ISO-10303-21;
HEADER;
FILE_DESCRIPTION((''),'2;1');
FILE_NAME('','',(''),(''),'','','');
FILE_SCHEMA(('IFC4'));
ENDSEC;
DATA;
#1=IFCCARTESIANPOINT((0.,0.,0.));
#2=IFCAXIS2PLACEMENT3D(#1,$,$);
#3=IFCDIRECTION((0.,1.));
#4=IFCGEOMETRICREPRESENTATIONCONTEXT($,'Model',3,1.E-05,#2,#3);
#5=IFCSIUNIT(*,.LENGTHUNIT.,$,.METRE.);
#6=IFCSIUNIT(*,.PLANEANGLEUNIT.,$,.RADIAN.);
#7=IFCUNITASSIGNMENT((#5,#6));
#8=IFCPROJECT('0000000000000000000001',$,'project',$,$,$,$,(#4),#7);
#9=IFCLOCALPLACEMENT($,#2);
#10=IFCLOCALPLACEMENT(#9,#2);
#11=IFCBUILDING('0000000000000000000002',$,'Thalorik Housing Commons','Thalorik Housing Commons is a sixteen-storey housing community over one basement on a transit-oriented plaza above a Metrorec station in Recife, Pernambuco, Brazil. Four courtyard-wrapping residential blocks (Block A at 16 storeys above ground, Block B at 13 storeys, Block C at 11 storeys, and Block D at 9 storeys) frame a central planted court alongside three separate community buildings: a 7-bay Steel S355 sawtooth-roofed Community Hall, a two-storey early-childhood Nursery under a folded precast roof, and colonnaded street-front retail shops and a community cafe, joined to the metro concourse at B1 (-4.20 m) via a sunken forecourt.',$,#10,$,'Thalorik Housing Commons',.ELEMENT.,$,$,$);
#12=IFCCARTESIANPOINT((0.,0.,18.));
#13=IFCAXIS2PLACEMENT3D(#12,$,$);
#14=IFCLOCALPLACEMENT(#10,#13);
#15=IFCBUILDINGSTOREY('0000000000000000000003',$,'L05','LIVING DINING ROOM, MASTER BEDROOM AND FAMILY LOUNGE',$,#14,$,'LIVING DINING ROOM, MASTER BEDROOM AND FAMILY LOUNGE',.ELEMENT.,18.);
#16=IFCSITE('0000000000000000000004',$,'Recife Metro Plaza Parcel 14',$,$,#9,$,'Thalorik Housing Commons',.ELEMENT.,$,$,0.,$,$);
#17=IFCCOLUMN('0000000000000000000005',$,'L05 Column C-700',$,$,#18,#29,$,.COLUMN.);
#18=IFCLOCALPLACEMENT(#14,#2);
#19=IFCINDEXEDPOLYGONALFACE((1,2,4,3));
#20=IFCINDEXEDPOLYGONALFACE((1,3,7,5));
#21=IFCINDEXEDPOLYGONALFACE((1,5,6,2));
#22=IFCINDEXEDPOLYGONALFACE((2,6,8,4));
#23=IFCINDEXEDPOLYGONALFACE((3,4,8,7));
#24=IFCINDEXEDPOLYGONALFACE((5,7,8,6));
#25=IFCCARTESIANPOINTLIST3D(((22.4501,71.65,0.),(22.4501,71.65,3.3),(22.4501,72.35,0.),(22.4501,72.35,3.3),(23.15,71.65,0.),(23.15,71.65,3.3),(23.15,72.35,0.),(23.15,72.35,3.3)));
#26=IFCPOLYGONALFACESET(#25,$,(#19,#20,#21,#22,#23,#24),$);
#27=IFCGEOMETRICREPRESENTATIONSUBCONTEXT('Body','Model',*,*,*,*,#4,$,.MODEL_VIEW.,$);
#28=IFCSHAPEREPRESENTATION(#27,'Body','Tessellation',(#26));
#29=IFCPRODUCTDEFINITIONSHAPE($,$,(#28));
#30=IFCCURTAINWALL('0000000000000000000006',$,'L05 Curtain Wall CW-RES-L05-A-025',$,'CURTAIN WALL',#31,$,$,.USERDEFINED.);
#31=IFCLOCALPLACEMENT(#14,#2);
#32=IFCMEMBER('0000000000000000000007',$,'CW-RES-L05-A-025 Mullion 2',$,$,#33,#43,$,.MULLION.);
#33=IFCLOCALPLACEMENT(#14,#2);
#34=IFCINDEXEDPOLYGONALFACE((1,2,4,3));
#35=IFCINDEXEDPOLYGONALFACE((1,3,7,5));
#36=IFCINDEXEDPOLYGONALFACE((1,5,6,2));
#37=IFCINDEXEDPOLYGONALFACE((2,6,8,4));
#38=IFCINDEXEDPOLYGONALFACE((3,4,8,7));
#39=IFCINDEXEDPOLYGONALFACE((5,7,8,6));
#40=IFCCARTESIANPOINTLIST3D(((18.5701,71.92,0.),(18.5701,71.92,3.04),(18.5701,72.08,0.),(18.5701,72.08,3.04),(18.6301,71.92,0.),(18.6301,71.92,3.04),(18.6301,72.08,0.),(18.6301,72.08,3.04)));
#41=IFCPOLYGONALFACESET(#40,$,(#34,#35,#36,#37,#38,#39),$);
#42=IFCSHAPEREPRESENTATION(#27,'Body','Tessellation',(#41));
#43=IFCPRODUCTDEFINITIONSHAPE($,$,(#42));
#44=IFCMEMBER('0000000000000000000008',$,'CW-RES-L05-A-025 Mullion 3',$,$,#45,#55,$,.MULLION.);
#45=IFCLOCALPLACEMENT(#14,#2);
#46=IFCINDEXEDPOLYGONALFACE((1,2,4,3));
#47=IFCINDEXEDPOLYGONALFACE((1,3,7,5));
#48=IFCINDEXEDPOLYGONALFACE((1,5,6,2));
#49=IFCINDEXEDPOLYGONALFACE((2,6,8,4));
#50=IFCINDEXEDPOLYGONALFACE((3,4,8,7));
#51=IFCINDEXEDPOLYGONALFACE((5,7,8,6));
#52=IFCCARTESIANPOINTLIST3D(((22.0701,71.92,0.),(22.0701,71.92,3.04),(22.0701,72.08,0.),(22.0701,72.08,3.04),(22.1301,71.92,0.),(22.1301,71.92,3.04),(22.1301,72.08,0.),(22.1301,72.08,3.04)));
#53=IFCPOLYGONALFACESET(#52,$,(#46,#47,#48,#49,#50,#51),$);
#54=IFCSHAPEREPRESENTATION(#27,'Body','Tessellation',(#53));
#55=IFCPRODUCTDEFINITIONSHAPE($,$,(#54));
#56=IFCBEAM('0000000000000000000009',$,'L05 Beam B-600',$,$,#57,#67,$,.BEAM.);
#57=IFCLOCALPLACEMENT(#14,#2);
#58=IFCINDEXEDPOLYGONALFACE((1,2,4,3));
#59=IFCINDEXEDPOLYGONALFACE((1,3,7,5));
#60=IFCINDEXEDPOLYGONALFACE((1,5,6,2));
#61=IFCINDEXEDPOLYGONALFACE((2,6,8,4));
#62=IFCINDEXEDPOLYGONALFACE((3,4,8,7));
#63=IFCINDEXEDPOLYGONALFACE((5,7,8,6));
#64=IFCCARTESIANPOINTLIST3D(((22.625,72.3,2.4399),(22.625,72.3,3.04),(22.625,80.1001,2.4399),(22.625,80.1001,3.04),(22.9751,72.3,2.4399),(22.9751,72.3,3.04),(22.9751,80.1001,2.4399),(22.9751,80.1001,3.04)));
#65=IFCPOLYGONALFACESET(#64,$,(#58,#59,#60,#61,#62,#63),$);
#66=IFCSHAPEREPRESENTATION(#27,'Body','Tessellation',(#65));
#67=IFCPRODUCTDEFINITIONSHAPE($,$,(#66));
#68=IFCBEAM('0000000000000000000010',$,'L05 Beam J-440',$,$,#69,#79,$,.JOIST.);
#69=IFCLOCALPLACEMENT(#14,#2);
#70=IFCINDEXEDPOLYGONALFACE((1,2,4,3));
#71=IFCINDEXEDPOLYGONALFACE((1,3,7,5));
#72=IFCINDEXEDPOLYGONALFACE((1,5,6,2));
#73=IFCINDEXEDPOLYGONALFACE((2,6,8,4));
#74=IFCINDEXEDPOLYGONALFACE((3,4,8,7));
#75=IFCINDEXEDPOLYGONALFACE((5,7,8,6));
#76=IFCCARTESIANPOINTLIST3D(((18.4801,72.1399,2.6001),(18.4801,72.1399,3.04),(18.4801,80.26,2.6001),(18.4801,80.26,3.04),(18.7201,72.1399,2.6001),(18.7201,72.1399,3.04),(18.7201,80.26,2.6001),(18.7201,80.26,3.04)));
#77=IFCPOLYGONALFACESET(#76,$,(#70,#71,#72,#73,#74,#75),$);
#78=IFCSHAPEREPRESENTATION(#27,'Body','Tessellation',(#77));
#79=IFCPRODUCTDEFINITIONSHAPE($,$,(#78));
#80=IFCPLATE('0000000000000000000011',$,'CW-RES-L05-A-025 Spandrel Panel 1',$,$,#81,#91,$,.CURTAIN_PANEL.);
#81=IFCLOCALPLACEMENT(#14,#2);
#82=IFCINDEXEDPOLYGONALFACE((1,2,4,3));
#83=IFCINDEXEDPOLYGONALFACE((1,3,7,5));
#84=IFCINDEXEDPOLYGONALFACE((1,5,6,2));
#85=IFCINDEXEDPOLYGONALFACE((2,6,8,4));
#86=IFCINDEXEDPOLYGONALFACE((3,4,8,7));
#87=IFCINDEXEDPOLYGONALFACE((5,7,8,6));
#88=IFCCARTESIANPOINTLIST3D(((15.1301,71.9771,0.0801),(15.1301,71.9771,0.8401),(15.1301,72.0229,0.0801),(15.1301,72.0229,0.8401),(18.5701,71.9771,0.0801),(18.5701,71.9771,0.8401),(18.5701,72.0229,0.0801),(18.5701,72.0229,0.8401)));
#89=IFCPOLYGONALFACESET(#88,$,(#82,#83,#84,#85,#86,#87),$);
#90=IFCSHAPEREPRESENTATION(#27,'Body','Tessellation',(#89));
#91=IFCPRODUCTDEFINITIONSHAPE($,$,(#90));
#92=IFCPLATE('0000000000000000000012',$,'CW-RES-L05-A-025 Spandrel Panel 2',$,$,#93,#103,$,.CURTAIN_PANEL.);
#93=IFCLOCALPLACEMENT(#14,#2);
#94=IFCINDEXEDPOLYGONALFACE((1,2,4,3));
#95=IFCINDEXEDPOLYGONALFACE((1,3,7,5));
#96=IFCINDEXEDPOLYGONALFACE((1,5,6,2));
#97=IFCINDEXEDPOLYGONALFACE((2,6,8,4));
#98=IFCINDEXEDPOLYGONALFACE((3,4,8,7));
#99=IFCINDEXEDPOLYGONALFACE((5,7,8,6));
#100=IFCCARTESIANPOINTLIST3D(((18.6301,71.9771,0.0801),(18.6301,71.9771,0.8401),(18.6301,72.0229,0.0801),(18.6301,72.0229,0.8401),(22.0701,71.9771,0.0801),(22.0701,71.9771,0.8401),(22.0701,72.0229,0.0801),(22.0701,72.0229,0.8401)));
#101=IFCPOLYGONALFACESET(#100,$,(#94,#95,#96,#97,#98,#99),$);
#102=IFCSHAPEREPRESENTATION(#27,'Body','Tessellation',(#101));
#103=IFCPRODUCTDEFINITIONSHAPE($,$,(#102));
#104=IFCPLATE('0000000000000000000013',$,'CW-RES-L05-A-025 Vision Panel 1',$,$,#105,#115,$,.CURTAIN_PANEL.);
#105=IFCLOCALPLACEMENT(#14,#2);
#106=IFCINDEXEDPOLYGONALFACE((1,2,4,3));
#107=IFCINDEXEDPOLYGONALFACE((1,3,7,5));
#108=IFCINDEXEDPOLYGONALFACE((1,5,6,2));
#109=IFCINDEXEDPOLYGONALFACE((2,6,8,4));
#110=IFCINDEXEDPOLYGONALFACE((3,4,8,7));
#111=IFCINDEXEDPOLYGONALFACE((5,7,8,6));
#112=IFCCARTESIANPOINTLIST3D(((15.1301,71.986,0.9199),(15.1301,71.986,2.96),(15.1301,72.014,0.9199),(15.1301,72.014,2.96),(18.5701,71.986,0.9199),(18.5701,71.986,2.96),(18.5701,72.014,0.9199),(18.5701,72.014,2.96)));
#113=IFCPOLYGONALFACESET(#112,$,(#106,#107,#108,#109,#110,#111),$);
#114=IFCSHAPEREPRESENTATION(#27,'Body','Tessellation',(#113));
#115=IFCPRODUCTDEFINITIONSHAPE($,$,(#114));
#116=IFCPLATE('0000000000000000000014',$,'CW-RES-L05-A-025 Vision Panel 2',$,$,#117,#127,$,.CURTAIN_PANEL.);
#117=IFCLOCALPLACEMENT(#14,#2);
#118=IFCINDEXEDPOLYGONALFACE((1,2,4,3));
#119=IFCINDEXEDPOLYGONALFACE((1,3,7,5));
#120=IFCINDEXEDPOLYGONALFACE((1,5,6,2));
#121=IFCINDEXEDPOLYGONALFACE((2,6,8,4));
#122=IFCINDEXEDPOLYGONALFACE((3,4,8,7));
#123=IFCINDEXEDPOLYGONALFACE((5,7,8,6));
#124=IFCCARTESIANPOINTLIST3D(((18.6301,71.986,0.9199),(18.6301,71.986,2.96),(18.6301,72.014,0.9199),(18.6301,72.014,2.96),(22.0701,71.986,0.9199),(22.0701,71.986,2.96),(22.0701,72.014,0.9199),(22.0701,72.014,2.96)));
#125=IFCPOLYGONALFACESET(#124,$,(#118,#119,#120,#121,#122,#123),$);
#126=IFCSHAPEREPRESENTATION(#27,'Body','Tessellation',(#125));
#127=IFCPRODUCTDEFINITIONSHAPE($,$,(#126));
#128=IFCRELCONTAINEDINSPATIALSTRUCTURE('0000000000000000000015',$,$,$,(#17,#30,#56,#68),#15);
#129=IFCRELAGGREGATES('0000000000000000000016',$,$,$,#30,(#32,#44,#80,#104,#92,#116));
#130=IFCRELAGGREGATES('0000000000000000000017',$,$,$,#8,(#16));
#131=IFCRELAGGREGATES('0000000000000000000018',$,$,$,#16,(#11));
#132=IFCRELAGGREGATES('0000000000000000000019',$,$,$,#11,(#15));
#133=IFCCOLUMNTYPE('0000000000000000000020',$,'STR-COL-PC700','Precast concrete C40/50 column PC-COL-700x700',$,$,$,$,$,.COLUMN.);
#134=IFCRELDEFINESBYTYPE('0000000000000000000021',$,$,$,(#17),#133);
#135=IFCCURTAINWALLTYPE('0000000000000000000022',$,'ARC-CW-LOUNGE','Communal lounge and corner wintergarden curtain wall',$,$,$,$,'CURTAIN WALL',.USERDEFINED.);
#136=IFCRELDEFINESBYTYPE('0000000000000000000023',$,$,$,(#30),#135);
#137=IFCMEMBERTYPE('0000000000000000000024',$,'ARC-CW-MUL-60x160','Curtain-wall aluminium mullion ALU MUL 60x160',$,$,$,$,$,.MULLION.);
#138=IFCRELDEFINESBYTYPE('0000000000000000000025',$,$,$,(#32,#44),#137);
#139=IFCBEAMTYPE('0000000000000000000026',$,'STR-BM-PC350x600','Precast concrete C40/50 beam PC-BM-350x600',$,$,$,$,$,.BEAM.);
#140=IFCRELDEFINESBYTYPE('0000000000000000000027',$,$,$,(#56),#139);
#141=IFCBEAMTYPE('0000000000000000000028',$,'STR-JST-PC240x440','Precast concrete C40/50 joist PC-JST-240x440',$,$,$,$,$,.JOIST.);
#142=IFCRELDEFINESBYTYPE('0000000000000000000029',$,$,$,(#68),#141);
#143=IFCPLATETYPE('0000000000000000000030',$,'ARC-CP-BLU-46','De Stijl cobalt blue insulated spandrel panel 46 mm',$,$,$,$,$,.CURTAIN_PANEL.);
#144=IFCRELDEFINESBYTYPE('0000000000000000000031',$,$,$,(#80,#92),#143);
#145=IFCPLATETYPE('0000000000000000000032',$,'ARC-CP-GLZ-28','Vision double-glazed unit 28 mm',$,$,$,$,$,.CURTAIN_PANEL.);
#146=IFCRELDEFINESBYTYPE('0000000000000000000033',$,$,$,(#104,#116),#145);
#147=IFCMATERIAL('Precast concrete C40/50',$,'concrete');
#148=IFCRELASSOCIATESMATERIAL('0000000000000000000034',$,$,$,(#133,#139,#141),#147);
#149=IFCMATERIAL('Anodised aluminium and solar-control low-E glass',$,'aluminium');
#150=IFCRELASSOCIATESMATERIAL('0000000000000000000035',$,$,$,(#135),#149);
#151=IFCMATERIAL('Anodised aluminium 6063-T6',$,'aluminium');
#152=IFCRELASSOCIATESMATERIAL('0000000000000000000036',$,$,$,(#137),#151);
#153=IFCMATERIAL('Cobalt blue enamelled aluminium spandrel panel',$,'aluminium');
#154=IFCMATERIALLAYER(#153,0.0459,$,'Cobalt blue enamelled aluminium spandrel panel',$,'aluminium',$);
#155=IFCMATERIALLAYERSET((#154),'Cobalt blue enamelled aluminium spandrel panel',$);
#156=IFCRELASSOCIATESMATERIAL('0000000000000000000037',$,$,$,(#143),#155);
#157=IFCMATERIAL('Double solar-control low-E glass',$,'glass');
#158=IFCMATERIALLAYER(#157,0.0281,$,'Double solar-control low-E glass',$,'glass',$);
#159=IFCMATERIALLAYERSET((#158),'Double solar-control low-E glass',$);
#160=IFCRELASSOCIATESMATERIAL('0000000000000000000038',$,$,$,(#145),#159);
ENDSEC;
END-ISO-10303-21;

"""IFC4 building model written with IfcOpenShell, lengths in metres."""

from ifc_helpers import new_model, si_unit, direction, frame, origin, origin_2d, place, context, subcontext, project, spatial, rectangle, extrude, material, layer, layer_set, material_profile, profile_set, type_object, element, aggregate, save


model = new_model("IFC4")

# Units and contexts
model_context = context("Model", 3, precision=1e-05, world=origin(), true_north=direction((0.0, 1.0)))
body_context = subcontext(model_context, "Body", "Model", "MODEL_VIEW")
ifc_project = project(units=[si_unit("LENGTHUNIT", "METRE"), si_unit("PLANEANGLEUNIT", "RADIAN")], contexts=[model_context])

# Site, building, storey
site_placement = place(None, origin())
site = spatial("IfcSite", under=ifc_project, at=site_placement, Name="Recife Metro Plaza Parcel 14", LongName="Thalorik Housing Commons", CompositionType="ELEMENT", RefElevation=0.0)
building_placement = place(site_placement, origin())
building = spatial("IfcBuilding", under=site, at=building_placement, Name="Thalorik Housing Commons", Description="Thalorik Housing Commons is a sixteen-storey housing community over one basement on a transit-oriented plaza above a Metrorec station in Recife, Pernambuco, Brazil. Four courtyard-wrapping residential blocks (Block A at 16 storeys above ground, Block B at 13 storeys, Block C at 11 storeys, and Block D at 9 storeys) frame a central planted court alongside three separate community buildings: a 7-bay Steel S355 sawtooth-roofed Community Hall, a two-storey early-childhood Nursery under a folded precast roof, and colonnaded street-front retail shops and a community cafe, joined to the metro concourse at B1 (-4.20 m) via a sunken forecourt.", LongName="Thalorik Housing Commons", CompositionType="ELEMENT")
storey_placement = place(building_placement, frame((0.0, 0.0, 18.0)))
storey = spatial("IfcBuildingStorey", under=building, at=storey_placement, Name="L05", Description="LIVING DINING ROOM, MASTER BEDROOM AND FAMILY LOUNGE", LongName="LIVING DINING ROOM, MASTER BEDROOM AND FAMILY LOUNGE", CompositionType="ELEMENT", Elevation=18.0)

# Column
ifc_material_1 = material(Name="Precast concrete C40/50", Category="concrete")
ifc_material_profile_1 = material_profile(ifc_material_1, rectangle(XDim=0.7, YDim=0.7, at=origin_2d()), Name="PC 700x700", Category="concrete")
ifc_profile_set_1 = profile_set([ifc_material_profile_1], Name="Precast concrete C40/50")
column_type = type_object("IfcColumnType", Name="STR-COL-PC700", Description="Precast concrete C40/50 column PC-COL-700x700", PredefinedType="COLUMN", material=ifc_profile_set_1)
column_placement = place(storey_placement, frame((22.8, 72.0, 0.0), z_axis=(0.0, 0.0, 1.0), x_axis=(1.0, 0.0, 0.0)))
element("IfcColumn", 1, at=column_placement, inside=storey, type_object=column_type, Name="L05 Column C-700", PredefinedType="COLUMN", context=body_context, shape_type="SweptSolid", body=[
    extrude(rectangle(XDim=0.7, YDim=0.7, at=origin_2d()), origin(), (0.0, 0.0, 1.0), 3.3),
])

# Curtain wall, members
ifc_material_2 = material(Name="Anodised aluminium and solar-control low-E glass", Category="aluminium")
curtain_wall_type = type_object("IfcCurtainWallType", Name="ARC-CW-LOUNGE", Description="Communal lounge and corner wintergarden curtain wall", ElementType="CURTAIN WALL", PredefinedType="USERDEFINED", material=ifc_material_2)
curtain_wall_placement = place(storey_placement, origin())
curtain_wall = element("IfcCurtainWall", 2, at=curtain_wall_placement, inside=storey, type_object=curtain_wall_type, Name="L05 Curtain Wall CW-RES-L05-A-025", ObjectType="CURTAIN WALL", PredefinedType="USERDEFINED")
ifc_material_3 = material(Name="Anodised aluminium 6063-T6", Category="aluminium")
ifc_material_profile_2 = material_profile(ifc_material_3, rectangle(XDim=0.0601, YDim=0.1599, at=origin_2d()), Name="ALU MUL 60x160", Category="aluminium")
ifc_profile_set_2 = profile_set([ifc_material_profile_2], Name="Anodised aluminium 6063-T6")
member_type = type_object("IfcMemberType", Name="ARC-CW-MUL-60x160", Description="Curtain-wall aluminium mullion ALU MUL 60x160", PredefinedType="MULLION", material=ifc_profile_set_2)
member_1_placement = place(storey_placement, frame((18.6001, 72.0, 0.0), z_axis=(0.0, 0.0, 1.0), x_axis=(1.0, 0.0, 0.0)))
member_1 = element("IfcMember", 3, at=member_1_placement, type_object=member_type, Name="CW-RES-L05-A-025 Mullion 2", PredefinedType="MULLION", context=body_context, shape_type="SweptSolid", body=[
    extrude(rectangle(XDim=0.0601, YDim=0.1599, at=origin_2d()), origin(), (0.0, 0.0, 1.0), 3.04),
])
member_2_placement = place(storey_placement, frame((22.1001, 72.0, 0.0), z_axis=(0.0, 0.0, 1.0), x_axis=(1.0, 0.0, 0.0)))
member_2 = element("IfcMember", 4, at=member_2_placement, type_object=member_type, Name="CW-RES-L05-A-025 Mullion 3", PredefinedType="MULLION", context=body_context, shape_type="SweptSolid", body=[
    extrude(rectangle(XDim=0.0601, YDim=0.1599, at=origin_2d()), origin(), (0.0, 0.0, 1.0), 3.04),
])

# Beams
ifc_material_profile_3 = material_profile(ifc_material_1, rectangle(XDim=0.3501, YDim=0.6001, at=origin_2d()), Name="PC 350x600", Category="concrete")
ifc_profile_set_3 = profile_set([ifc_material_profile_3], Name="Precast concrete C40/50")
beam_type_1 = type_object("IfcBeamType", Name="STR-BM-PC350x600", Description="Precast concrete C40/50 beam PC-BM-350x600", PredefinedType="BEAM", material=ifc_profile_set_3)
beam_1_placement = place(storey_placement, frame((22.8, 72.3, 2.74), z_axis=(0.0, 1.0, 0.0), x_axis=(-1.0, 0.0, 0.0)))
element("IfcBeam", 5, at=beam_1_placement, inside=storey, type_object=beam_type_1, Name="L05 Beam B-600", PredefinedType="BEAM", context=body_context, shape_type="SweptSolid", body=[
    extrude(rectangle(XDim=0.3501, YDim=0.6001, at=origin_2d()), origin(), (0.0, 0.0, 1.0), 7.8),
])
ifc_material_profile_4 = material_profile(ifc_material_1, rectangle(XDim=0.24, YDim=0.4399, at=origin_2d()), Name="PC JST 240x440", Category="concrete")
ifc_profile_set_4 = profile_set([ifc_material_profile_4], Name="Precast concrete C40/50")
beam_type_2 = type_object("IfcBeamType", Name="STR-JST-PC240x440", Description="Precast concrete C40/50 joist PC-JST-240x440", PredefinedType="JOIST", material=ifc_profile_set_4)
beam_2_placement = place(storey_placement, frame((18.6001, 72.1399, 2.8201), z_axis=(0.0, 1.0, 0.0), x_axis=(-1.0, 0.0, 0.0)))
element("IfcBeam", 6, at=beam_2_placement, inside=storey, type_object=beam_type_2, Name="L05 Beam J-440", PredefinedType="JOIST", context=body_context, shape_type="SweptSolid", body=[
    extrude(rectangle(XDim=0.24, YDim=0.4399, at=origin_2d()), origin(), (0.0, 0.0, 1.0), 8.1201),
])

# Plates
ifc_material_4 = material(Name="Cobalt blue enamelled aluminium spandrel panel", Category="aluminium")
ifc_layer_1 = layer(ifc_material_4, 0.0459, Name="Cobalt blue enamelled aluminium spandrel panel", Category="aluminium")
ifc_layer_set_1 = layer_set([ifc_layer_1], Name="Cobalt blue enamelled aluminium spandrel panel")
plate_type_1 = type_object("IfcPlateType", Name="ARC-CP-BLU-46", Description="De Stijl cobalt blue insulated spandrel panel 46 mm", PredefinedType="CURTAIN_PANEL", material=ifc_layer_set_1)
plate_1_placement = place(storey_placement, frame((16.8501, 72.0, 0.0801), z_axis=(0.0, 0.0, 1.0), x_axis=(1.0, 0.0, 0.0)))
plate_1 = element("IfcPlate", 7, at=plate_1_placement, type_object=plate_type_1, Name="CW-RES-L05-A-025 Spandrel Panel 1", PredefinedType="CURTAIN_PANEL", context=body_context, shape_type="SweptSolid", body=[
    extrude(rectangle(XDim=3.4399, YDim=0.0459, at=origin_2d()), origin(), (0.0, 0.0, 1.0), 0.76),
])
plate_2_placement = place(storey_placement, frame((20.3501, 72.0, 0.0801), z_axis=(0.0, 0.0, 1.0), x_axis=(1.0, 0.0, 0.0)))
plate_2 = element("IfcPlate", 8, at=plate_2_placement, type_object=plate_type_1, Name="CW-RES-L05-A-025 Spandrel Panel 2", PredefinedType="CURTAIN_PANEL", context=body_context, shape_type="SweptSolid", body=[
    extrude(rectangle(XDim=3.4399, YDim=0.0459, at=origin_2d()), origin(), (0.0, 0.0, 1.0), 0.76),
])
ifc_material_5 = material(Name="Double solar-control low-E glass", Category="glass")
ifc_layer_2 = layer(ifc_material_5, 0.0281, Name="Double solar-control low-E glass", Category="glass")
ifc_layer_set_2 = layer_set([ifc_layer_2], Name="Double solar-control low-E glass")
plate_type_2 = type_object("IfcPlateType", Name="ARC-CP-GLZ-28", Description="Vision double-glazed unit 28 mm", PredefinedType="CURTAIN_PANEL", material=ifc_layer_set_2)
plate_3_placement = place(storey_placement, frame((16.8501, 72.0, 0.9199), z_axis=(0.0, 0.0, 1.0), x_axis=(1.0, 0.0, 0.0)))
plate_3 = element("IfcPlate", 9, at=plate_3_placement, type_object=plate_type_2, Name="CW-RES-L05-A-025 Vision Panel 1", PredefinedType="CURTAIN_PANEL", context=body_context, shape_type="SweptSolid", body=[
    extrude(rectangle(XDim=3.4399, YDim=0.0281, at=origin_2d()), origin(), (0.0, 0.0, 1.0), 2.04),
])
plate_4_placement = place(storey_placement, frame((20.3501, 72.0, 0.9199), z_axis=(0.0, 0.0, 1.0), x_axis=(1.0, 0.0, 0.0)))
plate_4 = element("IfcPlate", 10, at=plate_4_placement, type_object=plate_type_2, Name="CW-RES-L05-A-025 Vision Panel 2", PredefinedType="CURTAIN_PANEL", context=body_context, shape_type="SweptSolid", body=[
    extrude(rectangle(XDim=3.4399, YDim=0.0281, at=origin_2d()), origin(), (0.0, 0.0, 1.0), 2.04),
])
aggregate(curtain_wall, [member_1, member_2, plate_1, plate_3, plate_2, plate_4])

save(model, "model.ifc")
